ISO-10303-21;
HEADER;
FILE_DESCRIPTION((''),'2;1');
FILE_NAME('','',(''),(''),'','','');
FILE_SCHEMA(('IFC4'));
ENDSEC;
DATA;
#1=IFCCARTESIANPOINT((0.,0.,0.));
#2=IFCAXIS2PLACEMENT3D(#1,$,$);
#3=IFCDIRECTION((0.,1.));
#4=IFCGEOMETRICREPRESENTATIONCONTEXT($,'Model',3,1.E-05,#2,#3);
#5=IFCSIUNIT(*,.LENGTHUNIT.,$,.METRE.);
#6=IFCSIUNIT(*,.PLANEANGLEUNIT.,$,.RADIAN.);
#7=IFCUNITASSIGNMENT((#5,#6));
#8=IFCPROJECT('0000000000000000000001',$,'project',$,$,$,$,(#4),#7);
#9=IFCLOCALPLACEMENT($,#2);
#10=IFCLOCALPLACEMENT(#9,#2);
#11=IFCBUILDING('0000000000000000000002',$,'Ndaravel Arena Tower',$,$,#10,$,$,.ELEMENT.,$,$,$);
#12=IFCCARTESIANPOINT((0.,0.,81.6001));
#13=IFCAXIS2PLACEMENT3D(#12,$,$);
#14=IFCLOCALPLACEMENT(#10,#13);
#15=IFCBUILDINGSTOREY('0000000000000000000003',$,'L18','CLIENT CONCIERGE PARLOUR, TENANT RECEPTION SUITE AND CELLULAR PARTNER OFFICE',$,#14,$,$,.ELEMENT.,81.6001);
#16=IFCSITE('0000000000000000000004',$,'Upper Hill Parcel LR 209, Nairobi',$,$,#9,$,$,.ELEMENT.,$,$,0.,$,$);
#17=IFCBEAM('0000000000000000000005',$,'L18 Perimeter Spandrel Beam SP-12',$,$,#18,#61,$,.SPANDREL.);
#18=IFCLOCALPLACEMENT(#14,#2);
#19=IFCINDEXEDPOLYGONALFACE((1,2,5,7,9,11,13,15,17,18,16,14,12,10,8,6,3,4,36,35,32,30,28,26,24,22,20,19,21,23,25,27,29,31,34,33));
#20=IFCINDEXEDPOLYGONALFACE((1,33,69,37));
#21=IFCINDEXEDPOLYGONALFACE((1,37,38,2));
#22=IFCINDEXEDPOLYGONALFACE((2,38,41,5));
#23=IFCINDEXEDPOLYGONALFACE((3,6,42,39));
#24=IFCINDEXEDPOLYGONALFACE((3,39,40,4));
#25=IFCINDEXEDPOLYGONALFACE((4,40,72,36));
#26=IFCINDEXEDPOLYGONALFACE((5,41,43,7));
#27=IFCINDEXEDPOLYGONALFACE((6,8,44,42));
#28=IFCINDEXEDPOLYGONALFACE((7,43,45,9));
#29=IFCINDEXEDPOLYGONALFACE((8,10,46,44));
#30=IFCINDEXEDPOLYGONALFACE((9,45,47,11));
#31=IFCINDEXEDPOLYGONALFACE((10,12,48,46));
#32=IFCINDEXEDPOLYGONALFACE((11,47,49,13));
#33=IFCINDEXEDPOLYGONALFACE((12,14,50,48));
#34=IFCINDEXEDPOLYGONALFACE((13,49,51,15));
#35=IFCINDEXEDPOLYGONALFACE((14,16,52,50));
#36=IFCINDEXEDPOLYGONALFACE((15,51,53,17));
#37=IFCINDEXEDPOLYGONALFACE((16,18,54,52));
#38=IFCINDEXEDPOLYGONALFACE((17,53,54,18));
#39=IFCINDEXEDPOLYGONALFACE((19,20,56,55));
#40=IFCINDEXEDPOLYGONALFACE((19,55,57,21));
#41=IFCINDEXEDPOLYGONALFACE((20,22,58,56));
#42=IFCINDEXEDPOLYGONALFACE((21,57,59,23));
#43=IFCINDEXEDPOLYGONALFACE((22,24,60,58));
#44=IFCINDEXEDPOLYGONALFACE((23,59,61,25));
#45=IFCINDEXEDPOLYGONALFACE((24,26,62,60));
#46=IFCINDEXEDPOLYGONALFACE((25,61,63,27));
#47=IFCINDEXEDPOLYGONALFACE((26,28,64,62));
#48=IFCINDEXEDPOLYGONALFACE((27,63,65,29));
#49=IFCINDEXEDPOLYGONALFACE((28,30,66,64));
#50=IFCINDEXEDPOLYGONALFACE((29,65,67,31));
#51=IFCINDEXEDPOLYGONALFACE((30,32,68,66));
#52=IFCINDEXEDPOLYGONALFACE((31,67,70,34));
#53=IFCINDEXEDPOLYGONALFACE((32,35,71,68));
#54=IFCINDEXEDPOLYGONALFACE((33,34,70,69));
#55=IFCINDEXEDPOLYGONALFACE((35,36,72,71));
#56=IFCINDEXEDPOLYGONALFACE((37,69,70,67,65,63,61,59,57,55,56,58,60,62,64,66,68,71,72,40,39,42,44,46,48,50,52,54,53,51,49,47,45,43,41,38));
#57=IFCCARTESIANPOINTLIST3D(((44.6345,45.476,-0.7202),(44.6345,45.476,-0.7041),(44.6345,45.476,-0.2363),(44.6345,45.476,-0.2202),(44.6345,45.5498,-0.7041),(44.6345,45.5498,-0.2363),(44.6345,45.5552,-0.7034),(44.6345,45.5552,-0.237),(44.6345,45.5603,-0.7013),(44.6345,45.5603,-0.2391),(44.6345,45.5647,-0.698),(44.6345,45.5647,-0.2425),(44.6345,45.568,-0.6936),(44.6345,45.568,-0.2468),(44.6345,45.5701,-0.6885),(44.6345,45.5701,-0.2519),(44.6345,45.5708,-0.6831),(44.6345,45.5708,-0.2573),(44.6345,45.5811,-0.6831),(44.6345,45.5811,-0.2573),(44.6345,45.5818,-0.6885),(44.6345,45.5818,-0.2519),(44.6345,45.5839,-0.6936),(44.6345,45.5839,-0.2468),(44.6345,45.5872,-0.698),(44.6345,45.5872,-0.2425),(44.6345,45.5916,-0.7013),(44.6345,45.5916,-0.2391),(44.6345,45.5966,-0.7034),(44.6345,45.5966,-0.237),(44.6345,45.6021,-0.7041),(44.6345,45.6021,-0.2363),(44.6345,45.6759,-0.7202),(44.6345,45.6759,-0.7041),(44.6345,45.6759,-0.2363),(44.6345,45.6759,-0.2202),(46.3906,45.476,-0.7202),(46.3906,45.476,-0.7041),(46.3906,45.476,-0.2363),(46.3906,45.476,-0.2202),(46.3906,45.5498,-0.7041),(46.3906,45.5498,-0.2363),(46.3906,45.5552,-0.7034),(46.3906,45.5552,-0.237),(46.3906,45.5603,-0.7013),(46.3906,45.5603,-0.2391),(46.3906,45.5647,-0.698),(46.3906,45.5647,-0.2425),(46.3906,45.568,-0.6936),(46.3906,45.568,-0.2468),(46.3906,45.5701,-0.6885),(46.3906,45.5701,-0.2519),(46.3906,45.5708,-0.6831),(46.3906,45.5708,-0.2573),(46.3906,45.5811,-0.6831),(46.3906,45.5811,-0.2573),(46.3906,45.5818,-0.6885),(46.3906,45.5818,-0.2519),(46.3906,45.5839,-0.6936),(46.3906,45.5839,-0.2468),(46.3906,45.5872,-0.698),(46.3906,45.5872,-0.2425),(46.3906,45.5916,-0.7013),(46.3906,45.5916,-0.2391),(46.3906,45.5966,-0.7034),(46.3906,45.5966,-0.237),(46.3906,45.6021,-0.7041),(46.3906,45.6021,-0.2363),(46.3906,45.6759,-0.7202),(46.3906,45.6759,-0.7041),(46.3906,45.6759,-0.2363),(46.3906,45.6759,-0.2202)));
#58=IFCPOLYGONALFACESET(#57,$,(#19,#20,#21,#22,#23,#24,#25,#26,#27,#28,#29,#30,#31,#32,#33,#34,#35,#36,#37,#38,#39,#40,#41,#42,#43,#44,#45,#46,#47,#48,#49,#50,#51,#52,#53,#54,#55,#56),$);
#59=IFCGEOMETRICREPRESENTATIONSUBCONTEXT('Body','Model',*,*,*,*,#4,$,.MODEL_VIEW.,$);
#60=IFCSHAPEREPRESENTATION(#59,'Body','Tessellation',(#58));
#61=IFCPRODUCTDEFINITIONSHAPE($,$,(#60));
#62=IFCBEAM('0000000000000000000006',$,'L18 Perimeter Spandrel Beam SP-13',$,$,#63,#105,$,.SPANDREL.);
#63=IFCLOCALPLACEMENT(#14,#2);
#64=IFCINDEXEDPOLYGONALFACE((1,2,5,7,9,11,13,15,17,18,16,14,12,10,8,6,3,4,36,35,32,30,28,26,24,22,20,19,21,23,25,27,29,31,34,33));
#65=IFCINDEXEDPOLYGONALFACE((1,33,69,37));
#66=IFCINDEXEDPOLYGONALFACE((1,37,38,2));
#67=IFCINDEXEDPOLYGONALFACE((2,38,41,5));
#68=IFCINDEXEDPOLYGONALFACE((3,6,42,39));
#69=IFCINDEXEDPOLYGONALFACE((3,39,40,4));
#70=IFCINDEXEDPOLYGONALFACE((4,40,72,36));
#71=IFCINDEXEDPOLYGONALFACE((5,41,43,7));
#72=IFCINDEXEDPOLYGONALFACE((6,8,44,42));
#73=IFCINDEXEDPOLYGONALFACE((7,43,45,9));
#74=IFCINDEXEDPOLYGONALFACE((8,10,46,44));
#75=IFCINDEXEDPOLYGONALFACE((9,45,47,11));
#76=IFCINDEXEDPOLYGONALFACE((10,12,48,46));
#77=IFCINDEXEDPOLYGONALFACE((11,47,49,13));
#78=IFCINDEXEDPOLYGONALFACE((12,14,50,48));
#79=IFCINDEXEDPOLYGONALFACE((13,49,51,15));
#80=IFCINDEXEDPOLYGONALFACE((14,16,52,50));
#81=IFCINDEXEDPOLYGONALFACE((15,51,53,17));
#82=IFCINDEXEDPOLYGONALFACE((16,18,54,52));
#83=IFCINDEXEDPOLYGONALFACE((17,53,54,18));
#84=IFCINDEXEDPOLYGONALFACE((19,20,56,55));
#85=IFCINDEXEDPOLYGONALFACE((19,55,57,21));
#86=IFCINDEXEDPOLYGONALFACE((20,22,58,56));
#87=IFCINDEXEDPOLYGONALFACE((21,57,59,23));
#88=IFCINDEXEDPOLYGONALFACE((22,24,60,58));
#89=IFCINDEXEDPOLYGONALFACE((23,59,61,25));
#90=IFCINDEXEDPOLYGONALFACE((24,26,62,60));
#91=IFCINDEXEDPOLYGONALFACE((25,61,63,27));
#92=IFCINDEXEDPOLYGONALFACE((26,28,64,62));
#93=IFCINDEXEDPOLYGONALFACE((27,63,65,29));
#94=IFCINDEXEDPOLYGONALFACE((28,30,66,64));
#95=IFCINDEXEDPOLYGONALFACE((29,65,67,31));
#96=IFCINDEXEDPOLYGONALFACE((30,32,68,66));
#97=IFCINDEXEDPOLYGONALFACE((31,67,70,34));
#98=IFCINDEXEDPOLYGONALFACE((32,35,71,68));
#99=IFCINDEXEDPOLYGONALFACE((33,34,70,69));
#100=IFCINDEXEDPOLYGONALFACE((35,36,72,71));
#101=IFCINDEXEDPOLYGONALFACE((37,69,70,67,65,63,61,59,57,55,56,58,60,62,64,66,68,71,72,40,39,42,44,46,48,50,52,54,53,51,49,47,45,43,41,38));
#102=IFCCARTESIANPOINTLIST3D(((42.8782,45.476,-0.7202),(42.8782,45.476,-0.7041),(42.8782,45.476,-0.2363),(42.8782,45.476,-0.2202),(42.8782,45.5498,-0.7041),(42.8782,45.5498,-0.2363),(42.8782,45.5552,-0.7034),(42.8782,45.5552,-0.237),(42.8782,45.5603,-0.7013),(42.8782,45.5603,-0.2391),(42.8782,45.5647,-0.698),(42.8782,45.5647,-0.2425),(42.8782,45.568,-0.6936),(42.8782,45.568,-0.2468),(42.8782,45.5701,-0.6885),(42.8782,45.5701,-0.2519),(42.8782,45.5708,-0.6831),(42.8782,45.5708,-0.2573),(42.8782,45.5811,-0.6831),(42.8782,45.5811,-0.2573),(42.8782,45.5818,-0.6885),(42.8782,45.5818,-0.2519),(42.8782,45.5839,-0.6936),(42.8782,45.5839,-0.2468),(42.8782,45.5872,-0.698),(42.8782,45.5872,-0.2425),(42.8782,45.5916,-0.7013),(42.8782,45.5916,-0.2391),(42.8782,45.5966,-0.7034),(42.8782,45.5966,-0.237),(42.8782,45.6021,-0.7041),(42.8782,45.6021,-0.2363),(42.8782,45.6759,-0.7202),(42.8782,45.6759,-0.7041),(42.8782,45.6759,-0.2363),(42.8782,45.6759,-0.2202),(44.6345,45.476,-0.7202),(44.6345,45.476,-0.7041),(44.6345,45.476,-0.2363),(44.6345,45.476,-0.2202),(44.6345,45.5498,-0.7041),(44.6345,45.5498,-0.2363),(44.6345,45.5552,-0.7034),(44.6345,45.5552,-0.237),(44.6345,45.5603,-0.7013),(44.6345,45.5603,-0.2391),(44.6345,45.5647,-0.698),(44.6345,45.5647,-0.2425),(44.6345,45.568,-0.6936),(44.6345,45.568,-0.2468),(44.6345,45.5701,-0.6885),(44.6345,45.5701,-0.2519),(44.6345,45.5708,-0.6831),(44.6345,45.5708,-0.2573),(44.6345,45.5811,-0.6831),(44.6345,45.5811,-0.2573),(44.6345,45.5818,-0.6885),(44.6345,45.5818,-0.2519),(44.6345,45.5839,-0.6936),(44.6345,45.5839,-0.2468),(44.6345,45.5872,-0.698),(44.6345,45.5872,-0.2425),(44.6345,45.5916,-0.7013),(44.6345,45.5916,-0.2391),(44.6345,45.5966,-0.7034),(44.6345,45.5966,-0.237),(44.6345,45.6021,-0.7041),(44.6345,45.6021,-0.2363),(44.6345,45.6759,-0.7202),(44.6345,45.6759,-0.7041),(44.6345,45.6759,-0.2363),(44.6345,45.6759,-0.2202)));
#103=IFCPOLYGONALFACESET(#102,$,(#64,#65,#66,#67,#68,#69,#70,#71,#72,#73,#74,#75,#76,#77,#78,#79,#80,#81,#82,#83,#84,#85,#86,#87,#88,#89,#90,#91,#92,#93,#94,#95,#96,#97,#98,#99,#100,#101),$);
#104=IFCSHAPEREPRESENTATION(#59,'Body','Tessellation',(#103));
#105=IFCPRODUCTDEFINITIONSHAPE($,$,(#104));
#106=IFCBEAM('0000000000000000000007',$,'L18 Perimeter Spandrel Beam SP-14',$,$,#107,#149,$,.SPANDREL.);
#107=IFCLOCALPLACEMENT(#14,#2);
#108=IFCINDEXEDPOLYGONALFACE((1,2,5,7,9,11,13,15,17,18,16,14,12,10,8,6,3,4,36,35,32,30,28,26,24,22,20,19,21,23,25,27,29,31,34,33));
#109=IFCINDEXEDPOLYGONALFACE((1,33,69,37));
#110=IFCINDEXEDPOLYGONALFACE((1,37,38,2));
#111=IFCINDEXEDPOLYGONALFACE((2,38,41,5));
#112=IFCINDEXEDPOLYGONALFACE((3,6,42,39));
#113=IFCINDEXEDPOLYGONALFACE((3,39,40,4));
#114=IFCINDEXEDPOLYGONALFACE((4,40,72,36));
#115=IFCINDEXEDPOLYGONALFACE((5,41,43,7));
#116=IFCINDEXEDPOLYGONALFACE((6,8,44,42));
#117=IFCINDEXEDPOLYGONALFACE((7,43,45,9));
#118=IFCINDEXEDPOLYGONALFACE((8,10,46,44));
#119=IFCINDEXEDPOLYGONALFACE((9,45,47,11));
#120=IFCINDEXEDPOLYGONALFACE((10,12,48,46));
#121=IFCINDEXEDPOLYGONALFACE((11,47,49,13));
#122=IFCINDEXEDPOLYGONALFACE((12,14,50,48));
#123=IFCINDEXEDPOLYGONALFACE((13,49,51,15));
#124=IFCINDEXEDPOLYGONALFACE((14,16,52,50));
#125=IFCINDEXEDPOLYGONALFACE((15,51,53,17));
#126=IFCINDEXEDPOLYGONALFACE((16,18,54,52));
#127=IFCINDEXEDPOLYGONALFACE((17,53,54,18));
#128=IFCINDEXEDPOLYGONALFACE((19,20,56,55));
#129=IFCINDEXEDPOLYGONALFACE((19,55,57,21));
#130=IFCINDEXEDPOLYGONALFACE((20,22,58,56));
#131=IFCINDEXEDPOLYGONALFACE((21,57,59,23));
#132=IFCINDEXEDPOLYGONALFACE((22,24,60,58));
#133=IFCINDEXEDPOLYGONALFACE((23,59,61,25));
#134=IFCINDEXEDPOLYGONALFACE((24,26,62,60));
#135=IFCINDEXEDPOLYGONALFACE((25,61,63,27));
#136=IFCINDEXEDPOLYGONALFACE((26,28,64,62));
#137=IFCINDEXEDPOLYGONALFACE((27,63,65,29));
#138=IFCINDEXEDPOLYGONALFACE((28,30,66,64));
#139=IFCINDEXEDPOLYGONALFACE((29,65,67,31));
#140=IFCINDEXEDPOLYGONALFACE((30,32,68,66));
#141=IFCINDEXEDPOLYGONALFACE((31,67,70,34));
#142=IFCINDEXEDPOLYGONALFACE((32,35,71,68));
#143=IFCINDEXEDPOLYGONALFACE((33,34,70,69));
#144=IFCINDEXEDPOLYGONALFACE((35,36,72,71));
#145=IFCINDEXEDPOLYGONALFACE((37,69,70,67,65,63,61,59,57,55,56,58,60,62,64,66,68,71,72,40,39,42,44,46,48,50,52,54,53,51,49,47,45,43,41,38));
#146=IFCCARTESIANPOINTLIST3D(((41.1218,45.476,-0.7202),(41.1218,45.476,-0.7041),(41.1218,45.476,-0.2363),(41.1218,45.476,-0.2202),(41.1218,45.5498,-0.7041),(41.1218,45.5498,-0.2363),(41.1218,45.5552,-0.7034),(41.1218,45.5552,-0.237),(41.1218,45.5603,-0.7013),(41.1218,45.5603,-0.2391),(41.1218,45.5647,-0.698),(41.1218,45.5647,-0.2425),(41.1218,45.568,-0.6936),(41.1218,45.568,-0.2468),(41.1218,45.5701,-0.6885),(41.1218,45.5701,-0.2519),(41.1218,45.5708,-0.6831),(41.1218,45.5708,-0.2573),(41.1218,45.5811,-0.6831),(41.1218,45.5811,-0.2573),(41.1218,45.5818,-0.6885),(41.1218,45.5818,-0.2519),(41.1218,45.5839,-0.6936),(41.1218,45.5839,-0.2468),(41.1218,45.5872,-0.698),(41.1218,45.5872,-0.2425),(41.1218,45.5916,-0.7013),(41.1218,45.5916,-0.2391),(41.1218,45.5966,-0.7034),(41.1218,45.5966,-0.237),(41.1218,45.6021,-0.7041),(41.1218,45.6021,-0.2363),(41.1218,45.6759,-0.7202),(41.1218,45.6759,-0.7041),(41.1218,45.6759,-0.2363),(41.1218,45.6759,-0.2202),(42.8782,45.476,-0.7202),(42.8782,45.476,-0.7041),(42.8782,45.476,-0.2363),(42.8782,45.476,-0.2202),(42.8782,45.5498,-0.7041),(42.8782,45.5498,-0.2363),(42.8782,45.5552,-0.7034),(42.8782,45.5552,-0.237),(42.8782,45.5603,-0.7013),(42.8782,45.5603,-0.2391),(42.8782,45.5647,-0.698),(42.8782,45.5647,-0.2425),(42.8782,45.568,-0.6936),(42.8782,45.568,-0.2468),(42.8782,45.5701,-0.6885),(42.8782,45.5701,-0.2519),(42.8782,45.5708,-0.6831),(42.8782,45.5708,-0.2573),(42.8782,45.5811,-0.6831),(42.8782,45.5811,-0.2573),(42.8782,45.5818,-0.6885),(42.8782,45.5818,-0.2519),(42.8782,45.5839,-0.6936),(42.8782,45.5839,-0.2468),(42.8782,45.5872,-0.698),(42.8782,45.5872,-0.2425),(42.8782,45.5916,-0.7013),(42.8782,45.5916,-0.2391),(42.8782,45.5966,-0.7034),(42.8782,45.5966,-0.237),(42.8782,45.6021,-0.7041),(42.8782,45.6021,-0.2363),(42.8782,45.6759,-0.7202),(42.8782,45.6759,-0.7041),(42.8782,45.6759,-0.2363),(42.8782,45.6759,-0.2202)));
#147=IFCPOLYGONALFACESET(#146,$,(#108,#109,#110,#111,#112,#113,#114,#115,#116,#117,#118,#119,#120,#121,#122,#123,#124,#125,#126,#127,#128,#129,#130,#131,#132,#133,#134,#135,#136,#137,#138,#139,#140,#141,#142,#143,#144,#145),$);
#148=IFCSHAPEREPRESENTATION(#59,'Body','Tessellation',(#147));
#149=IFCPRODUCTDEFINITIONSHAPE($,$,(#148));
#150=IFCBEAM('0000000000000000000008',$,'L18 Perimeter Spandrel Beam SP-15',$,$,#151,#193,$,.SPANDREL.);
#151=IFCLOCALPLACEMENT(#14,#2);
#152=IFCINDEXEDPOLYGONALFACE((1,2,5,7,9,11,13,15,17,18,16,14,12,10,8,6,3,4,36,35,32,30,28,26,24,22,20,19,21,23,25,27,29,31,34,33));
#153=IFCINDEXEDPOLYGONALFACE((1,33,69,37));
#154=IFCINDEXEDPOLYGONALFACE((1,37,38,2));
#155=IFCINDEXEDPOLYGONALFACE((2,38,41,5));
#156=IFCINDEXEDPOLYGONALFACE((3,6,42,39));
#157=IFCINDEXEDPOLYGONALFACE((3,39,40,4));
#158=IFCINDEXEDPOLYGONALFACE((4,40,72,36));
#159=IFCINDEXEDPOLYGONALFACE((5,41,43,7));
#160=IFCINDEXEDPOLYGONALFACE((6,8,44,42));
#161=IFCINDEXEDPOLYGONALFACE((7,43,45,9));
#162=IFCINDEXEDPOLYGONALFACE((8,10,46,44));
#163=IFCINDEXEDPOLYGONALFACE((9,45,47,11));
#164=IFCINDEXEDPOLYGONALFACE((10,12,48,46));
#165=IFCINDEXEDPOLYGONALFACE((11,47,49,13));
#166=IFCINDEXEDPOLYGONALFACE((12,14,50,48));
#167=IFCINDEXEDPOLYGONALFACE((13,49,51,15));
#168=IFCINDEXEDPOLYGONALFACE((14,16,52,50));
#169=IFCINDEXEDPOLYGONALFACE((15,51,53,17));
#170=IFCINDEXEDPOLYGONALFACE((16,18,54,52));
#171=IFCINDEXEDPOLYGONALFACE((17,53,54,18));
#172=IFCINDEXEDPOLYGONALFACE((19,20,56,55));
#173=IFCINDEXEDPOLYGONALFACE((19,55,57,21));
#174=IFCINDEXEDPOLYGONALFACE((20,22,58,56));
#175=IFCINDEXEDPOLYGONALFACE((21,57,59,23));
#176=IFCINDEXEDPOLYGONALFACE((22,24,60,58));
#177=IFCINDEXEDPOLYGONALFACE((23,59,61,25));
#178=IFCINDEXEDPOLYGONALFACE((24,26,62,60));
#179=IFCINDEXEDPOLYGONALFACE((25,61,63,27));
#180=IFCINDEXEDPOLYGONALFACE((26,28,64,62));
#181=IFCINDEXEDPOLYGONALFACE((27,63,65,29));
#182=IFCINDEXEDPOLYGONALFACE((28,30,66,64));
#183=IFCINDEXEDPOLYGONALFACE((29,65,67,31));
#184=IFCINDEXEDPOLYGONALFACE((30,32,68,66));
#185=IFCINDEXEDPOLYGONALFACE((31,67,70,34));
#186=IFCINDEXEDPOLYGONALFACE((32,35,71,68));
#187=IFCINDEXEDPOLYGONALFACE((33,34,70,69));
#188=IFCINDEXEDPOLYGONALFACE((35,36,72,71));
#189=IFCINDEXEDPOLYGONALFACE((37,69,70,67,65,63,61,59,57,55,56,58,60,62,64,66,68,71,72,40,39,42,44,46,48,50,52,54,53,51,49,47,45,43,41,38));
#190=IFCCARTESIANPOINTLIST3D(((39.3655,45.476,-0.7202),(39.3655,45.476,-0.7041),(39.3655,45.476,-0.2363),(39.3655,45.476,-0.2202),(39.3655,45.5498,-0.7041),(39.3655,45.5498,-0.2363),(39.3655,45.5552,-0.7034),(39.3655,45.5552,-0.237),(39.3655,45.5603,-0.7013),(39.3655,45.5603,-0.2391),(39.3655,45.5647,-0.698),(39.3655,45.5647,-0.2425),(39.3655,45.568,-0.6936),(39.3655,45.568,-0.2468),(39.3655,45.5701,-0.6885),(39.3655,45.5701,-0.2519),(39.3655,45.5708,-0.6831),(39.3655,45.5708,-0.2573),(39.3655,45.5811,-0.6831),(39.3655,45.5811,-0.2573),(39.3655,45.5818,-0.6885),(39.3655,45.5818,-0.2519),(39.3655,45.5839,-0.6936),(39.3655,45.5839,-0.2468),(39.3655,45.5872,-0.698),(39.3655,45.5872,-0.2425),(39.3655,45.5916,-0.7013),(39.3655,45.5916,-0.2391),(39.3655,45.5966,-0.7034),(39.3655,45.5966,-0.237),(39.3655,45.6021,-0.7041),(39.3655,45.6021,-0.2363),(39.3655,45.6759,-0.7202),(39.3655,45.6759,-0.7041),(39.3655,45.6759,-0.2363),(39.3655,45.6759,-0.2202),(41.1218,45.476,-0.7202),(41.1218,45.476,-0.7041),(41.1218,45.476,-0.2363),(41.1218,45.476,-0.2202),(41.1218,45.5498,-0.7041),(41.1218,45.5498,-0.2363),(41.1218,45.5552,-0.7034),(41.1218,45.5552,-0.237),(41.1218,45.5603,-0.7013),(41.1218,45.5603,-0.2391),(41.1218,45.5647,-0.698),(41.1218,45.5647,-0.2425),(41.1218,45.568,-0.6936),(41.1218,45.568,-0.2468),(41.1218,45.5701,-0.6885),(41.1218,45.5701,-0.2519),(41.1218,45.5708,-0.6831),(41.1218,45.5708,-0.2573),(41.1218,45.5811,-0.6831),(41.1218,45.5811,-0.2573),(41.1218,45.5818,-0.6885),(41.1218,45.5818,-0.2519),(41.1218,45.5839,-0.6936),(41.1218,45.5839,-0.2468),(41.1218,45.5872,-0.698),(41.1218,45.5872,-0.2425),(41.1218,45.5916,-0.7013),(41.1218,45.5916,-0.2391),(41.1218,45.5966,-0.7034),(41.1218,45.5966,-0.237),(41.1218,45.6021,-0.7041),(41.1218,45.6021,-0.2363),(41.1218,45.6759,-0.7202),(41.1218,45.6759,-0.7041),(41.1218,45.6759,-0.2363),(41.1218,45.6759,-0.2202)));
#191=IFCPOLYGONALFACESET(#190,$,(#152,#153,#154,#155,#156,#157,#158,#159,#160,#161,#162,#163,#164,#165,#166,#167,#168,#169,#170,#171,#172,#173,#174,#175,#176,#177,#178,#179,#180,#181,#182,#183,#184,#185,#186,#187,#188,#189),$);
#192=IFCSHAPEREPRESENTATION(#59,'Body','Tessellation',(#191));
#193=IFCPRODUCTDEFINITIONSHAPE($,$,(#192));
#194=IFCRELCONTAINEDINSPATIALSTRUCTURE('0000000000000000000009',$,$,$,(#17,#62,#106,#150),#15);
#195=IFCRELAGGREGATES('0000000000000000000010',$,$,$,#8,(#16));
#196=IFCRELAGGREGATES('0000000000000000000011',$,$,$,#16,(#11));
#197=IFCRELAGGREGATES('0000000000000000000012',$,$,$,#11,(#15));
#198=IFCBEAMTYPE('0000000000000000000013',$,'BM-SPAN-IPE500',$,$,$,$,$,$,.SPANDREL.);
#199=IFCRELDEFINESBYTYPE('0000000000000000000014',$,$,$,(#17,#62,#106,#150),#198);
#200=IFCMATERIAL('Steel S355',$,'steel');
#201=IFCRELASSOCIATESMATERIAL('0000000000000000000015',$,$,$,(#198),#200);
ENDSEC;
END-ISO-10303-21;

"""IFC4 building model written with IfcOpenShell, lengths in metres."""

from ifc_helpers import new_model, si_unit, direction, frame, origin, origin_2d, place, context, subcontext, project, spatial, i_section, extrude, material, material_profile, profile_set, type_object, element, save


model = new_model("IFC4")

# Units and contexts
model_context = context("Model", 3, precision=1e-05, world=origin(), true_north=direction((0.0, 1.0)))
body_context = subcontext(model_context, "Body", "Model", "MODEL_VIEW")
ifc_project = project(units=[si_unit("LENGTHUNIT", "METRE"), si_unit("PLANEANGLEUNIT", "RADIAN")], contexts=[model_context])

# Site, building, storey
site_placement = place(None, origin())
site = spatial("IfcSite", under=ifc_project, at=site_placement, Name="Upper Hill Parcel LR 209, Nairobi", CompositionType="ELEMENT", RefElevation=0.0)
building_placement = place(site_placement, origin())
building = spatial("IfcBuilding", under=site, at=building_placement, Name="Ndaravel Arena Tower", CompositionType="ELEMENT")
storey_placement = place(building_placement, frame((0.0, 0.0, 81.6001)))
storey = spatial("IfcBuildingStorey", under=building, at=storey_placement, Name="L18", Description="CLIENT CONCIERGE PARLOUR, TENANT RECEPTION SUITE AND CELLULAR PARTNER OFFICE", CompositionType="ELEMENT", Elevation=81.6001)

# Beams
ifc_material_1 = material(Name="Steel S355", Category="steel")
ifc_material_profile_1 = material_profile(ifc_material_1, i_section(OverallWidth=0.2, OverallDepth=0.5, WebThickness=0.0103, FlangeThickness=0.0161, FilletRadius=0.021, at=origin_2d()), Name="IPE 500")
ifc_profile_set_1 = profile_set([ifc_material_profile_1], Name="Steel S355")
beam_type_1 = type_object("IfcBeamType", Name="BM-SPAN-IPE500", PredefinedType="SPANDREL", material=ifc_profile_set_1)
beam_1_placement = place(storey_placement, frame((46.3906, 45.5759, -0.4702), z_axis=(-1.0, 0.0, 0.0), x_axis=(0.0, -1.0, 0.0)))
element("IfcBeam", 1, at=beam_1_placement, inside=storey, type_object=beam_type_1, Name="L18 Perimeter Spandrel Beam SP-12", PredefinedType="SPANDREL", context=body_context, shape_type="SweptSolid", body=[
    extrude(i_section(OverallWidth=0.2, OverallDepth=0.5, WebThickness=0.0103, FlangeThickness=0.0161, FilletRadius=0.021, at=origin_2d()), origin(), (0.0, 0.0, 1.0), 1.7561),
])
for number, where, z_axis, x_axis, name in (
    (2, (44.6345, 45.5759, -0.4702), (-1.0, 0.0, 0.0), (0.0, -1.0, 0.0), "L18 Perimeter Spandrel Beam SP-13"),
    (3, (42.8782, 45.5759, -0.4702), (-1.0, 0.0, 0.0), (0.0, -1.0, 0.0), "L18 Perimeter Spandrel Beam SP-14"),
    (4, (41.1218, 45.5759, -0.4702), (-1.0, 0.0, 0.0), (0.0, -1.0, 0.0), "L18 Perimeter Spandrel Beam SP-15"),
):
    element("IfcBeam", number, at=place(storey_placement, frame(where, z_axis=z_axis, x_axis=x_axis)), inside=storey, type_object=beam_type_1, Name=name, PredefinedType="SPANDREL", context=body_context, shape_type="SweptSolid", body=[
        extrude(i_section(OverallWidth=0.2, OverallDepth=0.5, WebThickness=0.0103, FlangeThickness=0.0161, FilletRadius=0.021, at=origin_2d()), origin(), (0.0, 0.0, 1.0), 1.7563),
    ])

save(model, "model.ifc")
